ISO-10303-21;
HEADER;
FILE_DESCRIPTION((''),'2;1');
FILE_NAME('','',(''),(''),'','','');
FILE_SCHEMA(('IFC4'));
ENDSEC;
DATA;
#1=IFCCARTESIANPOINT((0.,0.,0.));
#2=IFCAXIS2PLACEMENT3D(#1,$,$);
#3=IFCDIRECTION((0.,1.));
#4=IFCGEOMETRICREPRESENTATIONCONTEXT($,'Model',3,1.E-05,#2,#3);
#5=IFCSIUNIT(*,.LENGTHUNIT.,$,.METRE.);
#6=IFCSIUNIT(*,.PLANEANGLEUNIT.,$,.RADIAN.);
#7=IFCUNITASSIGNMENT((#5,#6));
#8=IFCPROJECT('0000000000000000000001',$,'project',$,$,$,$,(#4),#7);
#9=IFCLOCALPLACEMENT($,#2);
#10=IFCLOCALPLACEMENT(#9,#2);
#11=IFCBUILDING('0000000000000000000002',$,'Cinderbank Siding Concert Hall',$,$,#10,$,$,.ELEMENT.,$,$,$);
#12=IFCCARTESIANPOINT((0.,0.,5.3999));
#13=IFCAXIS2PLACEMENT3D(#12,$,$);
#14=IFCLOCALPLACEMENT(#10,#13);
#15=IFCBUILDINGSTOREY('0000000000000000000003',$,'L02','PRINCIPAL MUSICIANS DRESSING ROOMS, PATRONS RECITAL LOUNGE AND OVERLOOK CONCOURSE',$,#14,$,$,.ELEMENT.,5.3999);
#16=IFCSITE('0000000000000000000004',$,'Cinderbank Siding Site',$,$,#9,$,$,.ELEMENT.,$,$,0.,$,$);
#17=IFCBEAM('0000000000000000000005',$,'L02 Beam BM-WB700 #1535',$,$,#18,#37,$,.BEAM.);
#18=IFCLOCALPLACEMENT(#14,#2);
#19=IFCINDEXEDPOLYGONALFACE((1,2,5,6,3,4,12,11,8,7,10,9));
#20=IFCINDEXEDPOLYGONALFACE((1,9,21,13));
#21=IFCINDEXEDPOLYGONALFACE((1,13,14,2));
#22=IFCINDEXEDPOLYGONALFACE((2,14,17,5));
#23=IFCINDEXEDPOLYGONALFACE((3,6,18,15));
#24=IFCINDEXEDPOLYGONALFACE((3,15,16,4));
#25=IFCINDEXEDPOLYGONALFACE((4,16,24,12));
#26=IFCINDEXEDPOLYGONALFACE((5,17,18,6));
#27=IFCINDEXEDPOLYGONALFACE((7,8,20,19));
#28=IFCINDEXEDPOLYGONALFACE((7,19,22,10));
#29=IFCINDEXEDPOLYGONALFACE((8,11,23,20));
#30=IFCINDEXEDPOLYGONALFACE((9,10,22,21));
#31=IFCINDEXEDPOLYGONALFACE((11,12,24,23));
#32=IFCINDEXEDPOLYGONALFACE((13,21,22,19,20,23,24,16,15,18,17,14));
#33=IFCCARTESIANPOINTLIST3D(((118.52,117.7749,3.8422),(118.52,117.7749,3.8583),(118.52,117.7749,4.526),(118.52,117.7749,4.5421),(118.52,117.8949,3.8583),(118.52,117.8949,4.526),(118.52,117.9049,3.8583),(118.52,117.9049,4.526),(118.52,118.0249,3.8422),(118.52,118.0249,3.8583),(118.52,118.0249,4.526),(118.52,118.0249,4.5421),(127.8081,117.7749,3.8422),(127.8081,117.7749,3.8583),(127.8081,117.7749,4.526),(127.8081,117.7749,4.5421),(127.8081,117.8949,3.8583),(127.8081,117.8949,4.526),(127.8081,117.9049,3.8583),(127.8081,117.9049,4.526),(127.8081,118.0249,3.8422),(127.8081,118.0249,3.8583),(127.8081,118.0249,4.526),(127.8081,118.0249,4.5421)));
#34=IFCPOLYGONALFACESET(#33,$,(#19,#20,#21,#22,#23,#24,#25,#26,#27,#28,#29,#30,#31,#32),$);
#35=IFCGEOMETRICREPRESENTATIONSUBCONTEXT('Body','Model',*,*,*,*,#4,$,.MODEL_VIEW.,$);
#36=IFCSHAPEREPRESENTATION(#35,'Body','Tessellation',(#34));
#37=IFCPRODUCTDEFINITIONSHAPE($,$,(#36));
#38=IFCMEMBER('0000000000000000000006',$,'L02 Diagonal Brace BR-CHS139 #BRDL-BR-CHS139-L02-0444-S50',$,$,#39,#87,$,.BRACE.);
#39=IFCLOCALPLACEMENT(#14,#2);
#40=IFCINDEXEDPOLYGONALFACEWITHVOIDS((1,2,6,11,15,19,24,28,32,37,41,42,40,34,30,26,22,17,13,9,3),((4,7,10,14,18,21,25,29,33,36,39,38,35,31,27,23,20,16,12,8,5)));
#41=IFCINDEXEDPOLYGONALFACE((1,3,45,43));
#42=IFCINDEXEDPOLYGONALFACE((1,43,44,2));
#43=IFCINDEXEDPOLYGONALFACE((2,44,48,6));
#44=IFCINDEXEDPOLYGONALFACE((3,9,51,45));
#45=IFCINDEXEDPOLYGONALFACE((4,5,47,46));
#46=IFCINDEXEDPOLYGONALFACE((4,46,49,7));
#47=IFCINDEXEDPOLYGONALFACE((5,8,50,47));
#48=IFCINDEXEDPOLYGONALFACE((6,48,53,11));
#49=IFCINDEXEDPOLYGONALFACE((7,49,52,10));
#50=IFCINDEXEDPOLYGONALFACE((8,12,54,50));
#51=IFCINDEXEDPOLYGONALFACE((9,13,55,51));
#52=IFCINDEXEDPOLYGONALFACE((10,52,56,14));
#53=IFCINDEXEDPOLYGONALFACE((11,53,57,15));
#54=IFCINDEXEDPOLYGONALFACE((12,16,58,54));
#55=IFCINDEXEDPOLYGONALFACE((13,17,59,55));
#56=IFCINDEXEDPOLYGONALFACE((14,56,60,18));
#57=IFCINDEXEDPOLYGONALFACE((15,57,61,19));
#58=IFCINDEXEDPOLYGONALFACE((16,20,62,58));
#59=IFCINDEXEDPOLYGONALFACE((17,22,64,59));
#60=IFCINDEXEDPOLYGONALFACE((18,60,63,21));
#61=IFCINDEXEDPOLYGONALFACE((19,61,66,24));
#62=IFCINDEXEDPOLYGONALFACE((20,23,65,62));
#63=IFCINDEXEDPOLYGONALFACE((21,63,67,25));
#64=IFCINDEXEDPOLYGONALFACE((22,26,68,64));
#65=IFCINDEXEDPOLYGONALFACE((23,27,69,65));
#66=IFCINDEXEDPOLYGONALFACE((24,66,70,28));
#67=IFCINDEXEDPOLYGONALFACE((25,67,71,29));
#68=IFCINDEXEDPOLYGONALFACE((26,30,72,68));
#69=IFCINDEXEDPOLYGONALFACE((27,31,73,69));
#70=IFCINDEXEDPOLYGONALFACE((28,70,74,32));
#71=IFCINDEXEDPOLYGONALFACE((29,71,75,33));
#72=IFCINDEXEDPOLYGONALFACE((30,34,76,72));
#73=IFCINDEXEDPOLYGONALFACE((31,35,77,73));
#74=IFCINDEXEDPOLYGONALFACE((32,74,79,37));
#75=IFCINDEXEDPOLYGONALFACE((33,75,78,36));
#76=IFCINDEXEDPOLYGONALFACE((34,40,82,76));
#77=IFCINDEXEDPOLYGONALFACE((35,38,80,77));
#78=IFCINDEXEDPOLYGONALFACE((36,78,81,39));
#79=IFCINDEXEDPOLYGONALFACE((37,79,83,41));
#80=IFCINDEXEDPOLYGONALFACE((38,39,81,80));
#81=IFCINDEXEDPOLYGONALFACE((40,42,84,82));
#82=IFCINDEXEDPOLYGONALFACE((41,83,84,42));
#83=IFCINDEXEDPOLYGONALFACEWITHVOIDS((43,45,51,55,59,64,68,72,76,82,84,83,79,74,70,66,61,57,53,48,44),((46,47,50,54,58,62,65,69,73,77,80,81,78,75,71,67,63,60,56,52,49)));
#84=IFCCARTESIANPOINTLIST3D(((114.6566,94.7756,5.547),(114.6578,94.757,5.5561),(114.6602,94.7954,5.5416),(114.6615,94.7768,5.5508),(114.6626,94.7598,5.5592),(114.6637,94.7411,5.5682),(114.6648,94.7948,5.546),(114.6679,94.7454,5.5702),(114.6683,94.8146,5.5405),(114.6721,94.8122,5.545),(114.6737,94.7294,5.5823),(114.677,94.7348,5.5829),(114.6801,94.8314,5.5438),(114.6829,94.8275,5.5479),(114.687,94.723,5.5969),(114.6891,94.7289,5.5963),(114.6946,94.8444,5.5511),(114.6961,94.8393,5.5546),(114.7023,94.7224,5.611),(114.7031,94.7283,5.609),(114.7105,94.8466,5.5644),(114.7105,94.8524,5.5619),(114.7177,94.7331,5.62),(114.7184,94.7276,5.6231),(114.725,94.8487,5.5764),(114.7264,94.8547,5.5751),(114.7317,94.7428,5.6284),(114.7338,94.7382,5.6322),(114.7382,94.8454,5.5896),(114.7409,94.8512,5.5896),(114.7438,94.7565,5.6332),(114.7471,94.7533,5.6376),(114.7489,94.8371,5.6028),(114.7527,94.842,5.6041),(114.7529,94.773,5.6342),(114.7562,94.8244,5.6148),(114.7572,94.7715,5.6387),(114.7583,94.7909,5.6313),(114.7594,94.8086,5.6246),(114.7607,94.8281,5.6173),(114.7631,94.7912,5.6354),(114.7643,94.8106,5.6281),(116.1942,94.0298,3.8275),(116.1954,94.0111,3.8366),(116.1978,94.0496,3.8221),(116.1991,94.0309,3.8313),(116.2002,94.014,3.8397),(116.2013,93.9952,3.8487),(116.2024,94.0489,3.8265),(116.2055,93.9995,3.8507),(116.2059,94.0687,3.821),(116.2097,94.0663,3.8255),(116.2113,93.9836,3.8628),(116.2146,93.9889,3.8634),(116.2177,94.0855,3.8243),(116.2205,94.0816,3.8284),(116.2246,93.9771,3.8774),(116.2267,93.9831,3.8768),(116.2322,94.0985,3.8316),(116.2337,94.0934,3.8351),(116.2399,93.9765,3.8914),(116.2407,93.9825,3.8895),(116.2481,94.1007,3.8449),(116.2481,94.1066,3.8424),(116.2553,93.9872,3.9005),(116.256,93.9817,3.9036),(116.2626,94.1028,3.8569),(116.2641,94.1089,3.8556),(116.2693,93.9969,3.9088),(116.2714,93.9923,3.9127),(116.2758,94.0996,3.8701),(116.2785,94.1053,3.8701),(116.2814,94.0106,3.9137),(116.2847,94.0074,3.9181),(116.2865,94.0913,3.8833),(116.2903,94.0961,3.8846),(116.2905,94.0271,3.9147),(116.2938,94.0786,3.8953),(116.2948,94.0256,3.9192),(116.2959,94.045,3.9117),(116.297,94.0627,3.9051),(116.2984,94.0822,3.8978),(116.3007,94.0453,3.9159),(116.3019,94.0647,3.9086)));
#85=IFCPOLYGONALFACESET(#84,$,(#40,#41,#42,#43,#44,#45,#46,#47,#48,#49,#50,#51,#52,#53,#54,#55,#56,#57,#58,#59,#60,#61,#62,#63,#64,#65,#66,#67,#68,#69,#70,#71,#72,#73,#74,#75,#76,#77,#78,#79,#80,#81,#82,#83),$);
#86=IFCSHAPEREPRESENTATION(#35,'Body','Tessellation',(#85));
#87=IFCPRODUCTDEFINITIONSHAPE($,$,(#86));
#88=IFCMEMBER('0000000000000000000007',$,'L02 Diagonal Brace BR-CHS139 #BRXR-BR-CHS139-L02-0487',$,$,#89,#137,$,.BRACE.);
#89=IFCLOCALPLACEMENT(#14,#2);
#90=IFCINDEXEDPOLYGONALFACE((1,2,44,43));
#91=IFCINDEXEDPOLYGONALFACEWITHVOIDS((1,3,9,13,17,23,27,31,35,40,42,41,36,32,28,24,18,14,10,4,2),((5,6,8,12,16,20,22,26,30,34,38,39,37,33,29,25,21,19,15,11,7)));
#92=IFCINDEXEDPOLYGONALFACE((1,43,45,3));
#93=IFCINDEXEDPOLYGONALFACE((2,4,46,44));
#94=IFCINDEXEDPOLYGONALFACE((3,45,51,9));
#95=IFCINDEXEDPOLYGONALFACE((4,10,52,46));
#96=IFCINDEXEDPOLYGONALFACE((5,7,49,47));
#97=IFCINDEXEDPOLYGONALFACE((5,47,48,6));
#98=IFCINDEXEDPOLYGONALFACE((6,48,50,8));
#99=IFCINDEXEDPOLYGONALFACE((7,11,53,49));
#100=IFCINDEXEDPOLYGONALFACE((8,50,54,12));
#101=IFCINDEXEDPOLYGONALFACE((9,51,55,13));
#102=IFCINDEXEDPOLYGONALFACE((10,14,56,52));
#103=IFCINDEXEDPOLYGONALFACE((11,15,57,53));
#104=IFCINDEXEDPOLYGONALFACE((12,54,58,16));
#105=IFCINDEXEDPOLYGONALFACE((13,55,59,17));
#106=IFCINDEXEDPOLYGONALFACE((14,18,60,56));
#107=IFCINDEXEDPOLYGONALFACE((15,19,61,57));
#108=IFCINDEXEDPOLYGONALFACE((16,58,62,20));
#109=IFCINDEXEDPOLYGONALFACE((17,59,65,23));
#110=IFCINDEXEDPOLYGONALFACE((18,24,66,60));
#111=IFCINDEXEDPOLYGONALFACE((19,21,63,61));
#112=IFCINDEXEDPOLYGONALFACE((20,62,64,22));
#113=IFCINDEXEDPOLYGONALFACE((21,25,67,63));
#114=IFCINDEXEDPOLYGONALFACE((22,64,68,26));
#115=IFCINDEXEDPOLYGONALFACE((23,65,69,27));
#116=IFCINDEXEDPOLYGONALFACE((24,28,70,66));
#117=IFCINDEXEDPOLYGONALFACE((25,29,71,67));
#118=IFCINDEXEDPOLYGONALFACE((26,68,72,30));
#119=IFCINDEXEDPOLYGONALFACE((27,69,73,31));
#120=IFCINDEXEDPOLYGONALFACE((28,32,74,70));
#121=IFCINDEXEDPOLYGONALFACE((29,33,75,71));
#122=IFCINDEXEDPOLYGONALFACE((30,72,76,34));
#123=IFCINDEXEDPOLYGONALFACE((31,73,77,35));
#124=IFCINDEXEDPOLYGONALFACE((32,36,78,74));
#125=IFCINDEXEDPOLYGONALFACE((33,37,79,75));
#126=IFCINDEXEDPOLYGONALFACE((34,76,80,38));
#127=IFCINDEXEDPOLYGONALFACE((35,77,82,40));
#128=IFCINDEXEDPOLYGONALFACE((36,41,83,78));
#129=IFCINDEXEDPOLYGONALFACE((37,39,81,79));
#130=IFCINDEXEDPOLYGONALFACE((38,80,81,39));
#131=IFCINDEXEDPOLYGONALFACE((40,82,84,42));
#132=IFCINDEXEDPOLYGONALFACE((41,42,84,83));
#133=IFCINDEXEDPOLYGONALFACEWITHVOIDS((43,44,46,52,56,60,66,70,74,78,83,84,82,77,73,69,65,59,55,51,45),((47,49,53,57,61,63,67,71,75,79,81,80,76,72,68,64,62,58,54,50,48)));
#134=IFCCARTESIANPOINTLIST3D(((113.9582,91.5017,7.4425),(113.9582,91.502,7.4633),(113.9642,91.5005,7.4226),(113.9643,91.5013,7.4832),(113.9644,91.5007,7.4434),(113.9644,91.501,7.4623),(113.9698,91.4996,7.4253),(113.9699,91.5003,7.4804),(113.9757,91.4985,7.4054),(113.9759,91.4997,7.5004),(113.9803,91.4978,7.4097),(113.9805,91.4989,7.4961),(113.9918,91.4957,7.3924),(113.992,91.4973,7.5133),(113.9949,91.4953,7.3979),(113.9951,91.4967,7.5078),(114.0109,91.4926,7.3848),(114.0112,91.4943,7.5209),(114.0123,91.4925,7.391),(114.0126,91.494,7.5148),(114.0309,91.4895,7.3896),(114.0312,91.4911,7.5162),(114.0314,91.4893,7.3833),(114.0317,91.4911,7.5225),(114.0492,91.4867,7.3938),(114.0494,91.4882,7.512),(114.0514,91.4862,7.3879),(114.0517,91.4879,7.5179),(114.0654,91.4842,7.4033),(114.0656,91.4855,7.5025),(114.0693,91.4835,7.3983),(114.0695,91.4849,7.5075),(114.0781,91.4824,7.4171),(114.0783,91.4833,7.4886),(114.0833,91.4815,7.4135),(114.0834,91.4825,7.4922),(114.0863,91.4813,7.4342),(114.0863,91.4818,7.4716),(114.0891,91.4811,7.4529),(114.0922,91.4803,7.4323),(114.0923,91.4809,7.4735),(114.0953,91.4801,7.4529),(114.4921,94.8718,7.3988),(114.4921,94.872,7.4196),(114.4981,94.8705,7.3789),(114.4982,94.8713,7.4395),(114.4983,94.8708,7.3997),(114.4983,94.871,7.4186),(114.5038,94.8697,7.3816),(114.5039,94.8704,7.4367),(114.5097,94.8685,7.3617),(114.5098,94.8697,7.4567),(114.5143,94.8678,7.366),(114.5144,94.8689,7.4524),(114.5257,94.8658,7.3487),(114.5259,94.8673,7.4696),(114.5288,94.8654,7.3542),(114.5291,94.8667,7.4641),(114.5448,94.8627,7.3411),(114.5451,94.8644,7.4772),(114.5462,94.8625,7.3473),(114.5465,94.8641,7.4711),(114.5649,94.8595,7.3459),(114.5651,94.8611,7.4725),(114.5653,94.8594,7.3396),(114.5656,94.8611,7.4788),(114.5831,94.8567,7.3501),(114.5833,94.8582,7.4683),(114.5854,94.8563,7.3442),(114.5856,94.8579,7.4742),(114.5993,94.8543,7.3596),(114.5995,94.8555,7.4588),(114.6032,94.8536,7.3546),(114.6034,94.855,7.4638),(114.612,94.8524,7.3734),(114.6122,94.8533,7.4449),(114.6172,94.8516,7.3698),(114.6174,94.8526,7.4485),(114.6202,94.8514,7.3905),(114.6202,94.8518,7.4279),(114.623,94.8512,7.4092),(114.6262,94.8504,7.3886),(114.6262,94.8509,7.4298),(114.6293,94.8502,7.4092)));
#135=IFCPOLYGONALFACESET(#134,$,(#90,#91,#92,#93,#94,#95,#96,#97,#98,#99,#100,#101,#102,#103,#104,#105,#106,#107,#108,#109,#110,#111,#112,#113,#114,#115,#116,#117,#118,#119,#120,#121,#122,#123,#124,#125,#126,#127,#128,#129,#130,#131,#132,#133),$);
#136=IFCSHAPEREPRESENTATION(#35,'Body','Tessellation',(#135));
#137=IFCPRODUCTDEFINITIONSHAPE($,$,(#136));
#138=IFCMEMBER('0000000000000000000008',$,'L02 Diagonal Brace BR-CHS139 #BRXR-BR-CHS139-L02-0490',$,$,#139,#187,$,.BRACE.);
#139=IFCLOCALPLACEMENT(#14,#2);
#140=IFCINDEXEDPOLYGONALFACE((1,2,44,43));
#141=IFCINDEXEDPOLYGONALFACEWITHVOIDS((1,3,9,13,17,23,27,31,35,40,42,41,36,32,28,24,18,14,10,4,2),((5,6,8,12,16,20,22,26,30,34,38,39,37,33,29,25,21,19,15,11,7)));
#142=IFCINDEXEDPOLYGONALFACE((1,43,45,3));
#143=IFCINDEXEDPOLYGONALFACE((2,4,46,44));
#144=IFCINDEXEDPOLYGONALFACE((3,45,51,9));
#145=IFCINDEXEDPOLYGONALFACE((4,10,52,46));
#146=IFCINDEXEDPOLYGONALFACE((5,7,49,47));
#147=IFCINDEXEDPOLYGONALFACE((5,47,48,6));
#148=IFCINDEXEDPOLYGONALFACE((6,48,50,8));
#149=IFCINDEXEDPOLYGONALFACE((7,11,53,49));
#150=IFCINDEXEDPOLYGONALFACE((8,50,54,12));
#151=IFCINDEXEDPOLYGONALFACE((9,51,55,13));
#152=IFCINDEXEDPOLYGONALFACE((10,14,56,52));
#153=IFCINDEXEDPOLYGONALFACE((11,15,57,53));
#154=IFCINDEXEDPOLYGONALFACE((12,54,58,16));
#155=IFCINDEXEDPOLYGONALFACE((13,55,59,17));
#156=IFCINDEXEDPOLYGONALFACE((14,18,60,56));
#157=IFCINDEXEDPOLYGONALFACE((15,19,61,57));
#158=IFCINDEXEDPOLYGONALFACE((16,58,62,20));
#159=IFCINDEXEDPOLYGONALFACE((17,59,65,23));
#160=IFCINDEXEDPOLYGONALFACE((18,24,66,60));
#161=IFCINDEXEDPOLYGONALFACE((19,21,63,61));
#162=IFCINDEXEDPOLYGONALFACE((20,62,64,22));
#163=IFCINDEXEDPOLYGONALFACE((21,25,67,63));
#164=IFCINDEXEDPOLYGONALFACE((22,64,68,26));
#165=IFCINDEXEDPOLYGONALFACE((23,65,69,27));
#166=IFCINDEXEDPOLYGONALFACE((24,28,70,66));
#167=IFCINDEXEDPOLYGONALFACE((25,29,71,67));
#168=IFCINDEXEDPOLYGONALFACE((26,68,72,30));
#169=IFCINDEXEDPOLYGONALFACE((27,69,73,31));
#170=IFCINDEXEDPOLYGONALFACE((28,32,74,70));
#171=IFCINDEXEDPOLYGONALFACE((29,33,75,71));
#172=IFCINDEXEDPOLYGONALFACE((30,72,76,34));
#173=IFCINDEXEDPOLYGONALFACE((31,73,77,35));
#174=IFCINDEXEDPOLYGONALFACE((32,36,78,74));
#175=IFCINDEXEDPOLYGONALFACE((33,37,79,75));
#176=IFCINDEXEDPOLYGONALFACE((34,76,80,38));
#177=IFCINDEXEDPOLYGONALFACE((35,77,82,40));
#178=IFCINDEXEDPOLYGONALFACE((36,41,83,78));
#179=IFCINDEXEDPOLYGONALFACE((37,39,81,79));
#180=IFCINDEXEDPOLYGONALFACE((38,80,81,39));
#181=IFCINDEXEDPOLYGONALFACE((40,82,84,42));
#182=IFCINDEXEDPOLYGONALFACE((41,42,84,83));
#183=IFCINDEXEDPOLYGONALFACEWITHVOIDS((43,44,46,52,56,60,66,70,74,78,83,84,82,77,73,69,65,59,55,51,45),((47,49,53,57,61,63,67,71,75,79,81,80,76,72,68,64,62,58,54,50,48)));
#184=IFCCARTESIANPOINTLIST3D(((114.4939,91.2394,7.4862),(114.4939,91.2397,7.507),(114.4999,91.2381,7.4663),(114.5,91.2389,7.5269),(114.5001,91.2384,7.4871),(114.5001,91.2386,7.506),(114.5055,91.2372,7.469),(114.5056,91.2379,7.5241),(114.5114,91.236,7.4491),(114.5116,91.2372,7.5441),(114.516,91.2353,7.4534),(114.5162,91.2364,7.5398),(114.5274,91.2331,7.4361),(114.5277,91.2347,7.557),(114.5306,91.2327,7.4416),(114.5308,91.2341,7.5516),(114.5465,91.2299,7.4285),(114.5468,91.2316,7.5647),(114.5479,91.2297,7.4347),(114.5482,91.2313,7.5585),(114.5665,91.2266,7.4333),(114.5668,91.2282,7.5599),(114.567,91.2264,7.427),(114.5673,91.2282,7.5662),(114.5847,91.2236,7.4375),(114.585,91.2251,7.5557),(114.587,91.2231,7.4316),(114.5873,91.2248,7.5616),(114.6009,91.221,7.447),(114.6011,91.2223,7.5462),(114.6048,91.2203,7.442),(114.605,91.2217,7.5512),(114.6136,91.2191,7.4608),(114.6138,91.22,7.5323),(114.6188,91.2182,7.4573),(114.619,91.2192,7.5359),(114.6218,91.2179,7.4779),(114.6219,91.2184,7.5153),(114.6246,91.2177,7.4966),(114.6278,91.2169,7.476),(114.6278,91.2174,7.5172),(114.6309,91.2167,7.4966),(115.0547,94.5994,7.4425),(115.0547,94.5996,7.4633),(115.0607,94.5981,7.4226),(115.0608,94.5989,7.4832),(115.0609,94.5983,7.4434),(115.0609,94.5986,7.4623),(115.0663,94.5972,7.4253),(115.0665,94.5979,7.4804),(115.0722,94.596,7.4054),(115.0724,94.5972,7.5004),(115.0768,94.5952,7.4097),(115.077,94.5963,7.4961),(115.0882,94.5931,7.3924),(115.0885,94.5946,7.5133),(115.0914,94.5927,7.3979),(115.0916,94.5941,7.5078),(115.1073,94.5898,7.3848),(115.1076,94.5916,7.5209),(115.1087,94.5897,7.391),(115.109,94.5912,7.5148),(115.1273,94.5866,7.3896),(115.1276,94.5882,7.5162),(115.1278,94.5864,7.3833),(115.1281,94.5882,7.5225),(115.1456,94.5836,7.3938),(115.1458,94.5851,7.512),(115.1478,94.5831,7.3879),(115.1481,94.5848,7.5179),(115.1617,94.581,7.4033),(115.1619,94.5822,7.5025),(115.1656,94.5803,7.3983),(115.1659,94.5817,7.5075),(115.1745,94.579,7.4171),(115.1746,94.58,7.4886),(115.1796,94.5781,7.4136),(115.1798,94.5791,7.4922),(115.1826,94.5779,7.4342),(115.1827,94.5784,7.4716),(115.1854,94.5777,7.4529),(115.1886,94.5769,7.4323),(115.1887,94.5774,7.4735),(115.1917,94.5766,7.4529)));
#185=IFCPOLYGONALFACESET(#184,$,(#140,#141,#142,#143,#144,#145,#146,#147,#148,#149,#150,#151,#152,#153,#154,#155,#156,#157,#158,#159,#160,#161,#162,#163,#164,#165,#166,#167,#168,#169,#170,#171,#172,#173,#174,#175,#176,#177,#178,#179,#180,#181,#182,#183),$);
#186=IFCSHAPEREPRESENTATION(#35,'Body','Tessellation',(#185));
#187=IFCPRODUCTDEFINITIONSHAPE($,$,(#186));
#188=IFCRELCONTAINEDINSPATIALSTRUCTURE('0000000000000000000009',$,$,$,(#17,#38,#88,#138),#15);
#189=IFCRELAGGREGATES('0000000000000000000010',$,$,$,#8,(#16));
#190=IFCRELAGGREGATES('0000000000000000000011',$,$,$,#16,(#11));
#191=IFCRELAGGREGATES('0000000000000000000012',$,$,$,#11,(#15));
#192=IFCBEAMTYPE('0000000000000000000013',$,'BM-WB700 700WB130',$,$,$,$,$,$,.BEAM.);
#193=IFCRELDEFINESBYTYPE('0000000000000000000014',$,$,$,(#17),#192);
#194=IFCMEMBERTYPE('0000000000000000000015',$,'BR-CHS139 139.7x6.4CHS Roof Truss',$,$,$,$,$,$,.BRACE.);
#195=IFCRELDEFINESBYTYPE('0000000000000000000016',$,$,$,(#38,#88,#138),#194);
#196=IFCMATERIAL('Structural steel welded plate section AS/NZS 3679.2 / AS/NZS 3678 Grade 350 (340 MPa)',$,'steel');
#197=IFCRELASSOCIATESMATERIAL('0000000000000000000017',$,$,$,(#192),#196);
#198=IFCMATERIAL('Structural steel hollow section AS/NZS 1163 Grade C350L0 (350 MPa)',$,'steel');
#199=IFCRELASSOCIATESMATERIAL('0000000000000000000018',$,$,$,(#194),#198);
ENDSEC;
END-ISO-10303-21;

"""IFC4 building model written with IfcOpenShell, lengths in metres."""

from ifc_helpers import new_model, si_unit, direction, frame, origin, origin_2d, place, context, subcontext, project, spatial, hollow_circle, i_section, extrude, material, material_profile, profile_set, type_object, element, save


model = new_model("IFC4")

# Units and contexts
model_context = context("Model", 3, precision=1e-05, world=origin(), true_north=direction((0.0, 1.0)))
body_context = subcontext(model_context, "Body", "Model", "MODEL_VIEW")
ifc_project = project(units=[si_unit("LENGTHUNIT", "METRE"), si_unit("PLANEANGLEUNIT", "RADIAN")], contexts=[model_context])

# Site, building, storey
site_placement = place(None, origin())
site = spatial("IfcSite", under=ifc_project, at=site_placement, Name="Cinderbank Siding Site", CompositionType="ELEMENT", RefElevation=0.0)
building_placement = place(site_placement, origin())
building = spatial("IfcBuilding", under=site, at=building_placement, Name="Cinderbank Siding Concert Hall", CompositionType="ELEMENT")
storey_placement = place(building_placement, frame((0.0, 0.0, 5.3999)))
storey = spatial("IfcBuildingStorey", under=building, at=storey_placement, Name="L02", Description="PRINCIPAL MUSICIANS DRESSING ROOMS, PATRONS RECITAL LOUNGE AND OVERLOOK CONCOURSE", CompositionType="ELEMENT", Elevation=5.3999)

# Beam
ifc_material_1 = material(Name="Structural steel welded plate section AS/NZS 3679.2 / AS/NZS 3678 Grade 350 (340 MPa)", Category="steel")
ifc_material_profile_1 = material_profile(ifc_material_1, i_section(OverallWidth=0.25, OverallDepth=0.7, WebThickness=0.01, FlangeThickness=0.0161, at=origin_2d()), Name="700WB130", Category="LoadBearing")
ifc_profile_set_1 = profile_set([ifc_material_profile_1], Name="Structural steel welded plate section AS/NZS 3679.2 / AS/NZS 3678 Grade 350 (340 MPa)")
beam_type_1 = type_object("IfcBeamType", Name="BM-WB700 700WB130", PredefinedType="BEAM", material=ifc_profile_set_1)
beam_1_placement = place(storey_placement, frame((118.52, 117.8999, 4.1921), z_axis=(1.0, 0.0, 0.0), x_axis=(0.0, 1.0, 0.0)))
element("IfcBeam", 1, at=beam_1_placement, inside=storey, type_object=beam_type_1, Name="L02 Beam BM-WB700 #1535", PredefinedType="BEAM", context=body_context, shape_type="SweptSolid", body=[
    extrude(i_section(OverallWidth=0.25, OverallDepth=0.7, WebThickness=0.01, FlangeThickness=0.0161, at=origin_2d()), origin(), (0.0, 0.0, 1.0), 9.2881),
])

# Members
ifc_material_2 = material(Name="Structural steel hollow section AS/NZS 1163 Grade C350L0 (350 MPa)", Category="steel")
ifc_material_profile_2 = material_profile(ifc_material_2, hollow_circle(Radius=0.0698, WallThickness=0.0063, at=origin_2d()), Name="139.7x6.4CHS", Category="LoadBearing")
ifc_profile_set_2 = profile_set([ifc_material_profile_2], Name="Structural steel hollow section AS/NZS 1163 Grade C350L0 (350 MPa)")
member_type_1 = type_object("IfcMemberType", Name="BR-CHS139 139.7x6.4CHS Roof Truss", PredefinedType="BRACE", material=ifc_profile_set_2)
member_1_placement = place(storey_placement, frame((114.7104, 94.7883, 5.5896), z_axis=(0.63425, -0.307659, -0.709276), x_axis=(0.436438, 0.899734, 0.0)))
element("IfcMember", 2, at=member_1_placement, inside=storey, type_object=member_type_1, Name="L02 Diagonal Brace BR-CHS139 #BRDL-BR-CHS139-L02-0444-S50", PredefinedType="BRACE", context=body_context, shape_type="SweptSolid", body=[
    extrude(hollow_circle(Radius=0.0698, WallThickness=0.0063, at=origin_2d()), origin(), (0.0, 0.0, 1.0), 2.4243),
])
member_2_placement = place(storey_placement, frame((114.5603, 94.8611, 7.4092), z_axis=(-0.156468, -0.9876, 0.012806), x_axis=(0.987681, -0.156481, 0.0)))
element("IfcMember", 3, at=member_2_placement, inside=storey, type_object=member_type_1, Name="L02 Diagonal Brace BR-CHS139 #BRXR-BR-CHS139-L02-0487", PredefinedType="BRACE", context=body_context, shape_type="SweptSolid", body=[
    extrude(hollow_circle(Radius=0.0698, WallThickness=0.0063, at=origin_2d()), origin(), (0.0, 0.0, 1.0), 3.4124),
])
member_3_placement = place(storey_placement, frame((115.1228, 94.5881, 7.4529), z_axis=(-0.164618, -0.986274, 0.012828), x_axis=(0.986355, -0.164631, 0.0)))
element("IfcMember", 4, at=member_3_placement, inside=storey, type_object=member_type_1, Name="L02 Diagonal Brace BR-CHS139 #BRXR-BR-CHS139-L02-0490", PredefinedType="BRACE", context=body_context, shape_type="SweptSolid", body=[
    extrude(hollow_circle(Radius=0.0698, WallThickness=0.0063, at=origin_2d()), origin(), (0.0, 0.0, 1.0), 3.4067),
])

save(model, "model.ifc")
